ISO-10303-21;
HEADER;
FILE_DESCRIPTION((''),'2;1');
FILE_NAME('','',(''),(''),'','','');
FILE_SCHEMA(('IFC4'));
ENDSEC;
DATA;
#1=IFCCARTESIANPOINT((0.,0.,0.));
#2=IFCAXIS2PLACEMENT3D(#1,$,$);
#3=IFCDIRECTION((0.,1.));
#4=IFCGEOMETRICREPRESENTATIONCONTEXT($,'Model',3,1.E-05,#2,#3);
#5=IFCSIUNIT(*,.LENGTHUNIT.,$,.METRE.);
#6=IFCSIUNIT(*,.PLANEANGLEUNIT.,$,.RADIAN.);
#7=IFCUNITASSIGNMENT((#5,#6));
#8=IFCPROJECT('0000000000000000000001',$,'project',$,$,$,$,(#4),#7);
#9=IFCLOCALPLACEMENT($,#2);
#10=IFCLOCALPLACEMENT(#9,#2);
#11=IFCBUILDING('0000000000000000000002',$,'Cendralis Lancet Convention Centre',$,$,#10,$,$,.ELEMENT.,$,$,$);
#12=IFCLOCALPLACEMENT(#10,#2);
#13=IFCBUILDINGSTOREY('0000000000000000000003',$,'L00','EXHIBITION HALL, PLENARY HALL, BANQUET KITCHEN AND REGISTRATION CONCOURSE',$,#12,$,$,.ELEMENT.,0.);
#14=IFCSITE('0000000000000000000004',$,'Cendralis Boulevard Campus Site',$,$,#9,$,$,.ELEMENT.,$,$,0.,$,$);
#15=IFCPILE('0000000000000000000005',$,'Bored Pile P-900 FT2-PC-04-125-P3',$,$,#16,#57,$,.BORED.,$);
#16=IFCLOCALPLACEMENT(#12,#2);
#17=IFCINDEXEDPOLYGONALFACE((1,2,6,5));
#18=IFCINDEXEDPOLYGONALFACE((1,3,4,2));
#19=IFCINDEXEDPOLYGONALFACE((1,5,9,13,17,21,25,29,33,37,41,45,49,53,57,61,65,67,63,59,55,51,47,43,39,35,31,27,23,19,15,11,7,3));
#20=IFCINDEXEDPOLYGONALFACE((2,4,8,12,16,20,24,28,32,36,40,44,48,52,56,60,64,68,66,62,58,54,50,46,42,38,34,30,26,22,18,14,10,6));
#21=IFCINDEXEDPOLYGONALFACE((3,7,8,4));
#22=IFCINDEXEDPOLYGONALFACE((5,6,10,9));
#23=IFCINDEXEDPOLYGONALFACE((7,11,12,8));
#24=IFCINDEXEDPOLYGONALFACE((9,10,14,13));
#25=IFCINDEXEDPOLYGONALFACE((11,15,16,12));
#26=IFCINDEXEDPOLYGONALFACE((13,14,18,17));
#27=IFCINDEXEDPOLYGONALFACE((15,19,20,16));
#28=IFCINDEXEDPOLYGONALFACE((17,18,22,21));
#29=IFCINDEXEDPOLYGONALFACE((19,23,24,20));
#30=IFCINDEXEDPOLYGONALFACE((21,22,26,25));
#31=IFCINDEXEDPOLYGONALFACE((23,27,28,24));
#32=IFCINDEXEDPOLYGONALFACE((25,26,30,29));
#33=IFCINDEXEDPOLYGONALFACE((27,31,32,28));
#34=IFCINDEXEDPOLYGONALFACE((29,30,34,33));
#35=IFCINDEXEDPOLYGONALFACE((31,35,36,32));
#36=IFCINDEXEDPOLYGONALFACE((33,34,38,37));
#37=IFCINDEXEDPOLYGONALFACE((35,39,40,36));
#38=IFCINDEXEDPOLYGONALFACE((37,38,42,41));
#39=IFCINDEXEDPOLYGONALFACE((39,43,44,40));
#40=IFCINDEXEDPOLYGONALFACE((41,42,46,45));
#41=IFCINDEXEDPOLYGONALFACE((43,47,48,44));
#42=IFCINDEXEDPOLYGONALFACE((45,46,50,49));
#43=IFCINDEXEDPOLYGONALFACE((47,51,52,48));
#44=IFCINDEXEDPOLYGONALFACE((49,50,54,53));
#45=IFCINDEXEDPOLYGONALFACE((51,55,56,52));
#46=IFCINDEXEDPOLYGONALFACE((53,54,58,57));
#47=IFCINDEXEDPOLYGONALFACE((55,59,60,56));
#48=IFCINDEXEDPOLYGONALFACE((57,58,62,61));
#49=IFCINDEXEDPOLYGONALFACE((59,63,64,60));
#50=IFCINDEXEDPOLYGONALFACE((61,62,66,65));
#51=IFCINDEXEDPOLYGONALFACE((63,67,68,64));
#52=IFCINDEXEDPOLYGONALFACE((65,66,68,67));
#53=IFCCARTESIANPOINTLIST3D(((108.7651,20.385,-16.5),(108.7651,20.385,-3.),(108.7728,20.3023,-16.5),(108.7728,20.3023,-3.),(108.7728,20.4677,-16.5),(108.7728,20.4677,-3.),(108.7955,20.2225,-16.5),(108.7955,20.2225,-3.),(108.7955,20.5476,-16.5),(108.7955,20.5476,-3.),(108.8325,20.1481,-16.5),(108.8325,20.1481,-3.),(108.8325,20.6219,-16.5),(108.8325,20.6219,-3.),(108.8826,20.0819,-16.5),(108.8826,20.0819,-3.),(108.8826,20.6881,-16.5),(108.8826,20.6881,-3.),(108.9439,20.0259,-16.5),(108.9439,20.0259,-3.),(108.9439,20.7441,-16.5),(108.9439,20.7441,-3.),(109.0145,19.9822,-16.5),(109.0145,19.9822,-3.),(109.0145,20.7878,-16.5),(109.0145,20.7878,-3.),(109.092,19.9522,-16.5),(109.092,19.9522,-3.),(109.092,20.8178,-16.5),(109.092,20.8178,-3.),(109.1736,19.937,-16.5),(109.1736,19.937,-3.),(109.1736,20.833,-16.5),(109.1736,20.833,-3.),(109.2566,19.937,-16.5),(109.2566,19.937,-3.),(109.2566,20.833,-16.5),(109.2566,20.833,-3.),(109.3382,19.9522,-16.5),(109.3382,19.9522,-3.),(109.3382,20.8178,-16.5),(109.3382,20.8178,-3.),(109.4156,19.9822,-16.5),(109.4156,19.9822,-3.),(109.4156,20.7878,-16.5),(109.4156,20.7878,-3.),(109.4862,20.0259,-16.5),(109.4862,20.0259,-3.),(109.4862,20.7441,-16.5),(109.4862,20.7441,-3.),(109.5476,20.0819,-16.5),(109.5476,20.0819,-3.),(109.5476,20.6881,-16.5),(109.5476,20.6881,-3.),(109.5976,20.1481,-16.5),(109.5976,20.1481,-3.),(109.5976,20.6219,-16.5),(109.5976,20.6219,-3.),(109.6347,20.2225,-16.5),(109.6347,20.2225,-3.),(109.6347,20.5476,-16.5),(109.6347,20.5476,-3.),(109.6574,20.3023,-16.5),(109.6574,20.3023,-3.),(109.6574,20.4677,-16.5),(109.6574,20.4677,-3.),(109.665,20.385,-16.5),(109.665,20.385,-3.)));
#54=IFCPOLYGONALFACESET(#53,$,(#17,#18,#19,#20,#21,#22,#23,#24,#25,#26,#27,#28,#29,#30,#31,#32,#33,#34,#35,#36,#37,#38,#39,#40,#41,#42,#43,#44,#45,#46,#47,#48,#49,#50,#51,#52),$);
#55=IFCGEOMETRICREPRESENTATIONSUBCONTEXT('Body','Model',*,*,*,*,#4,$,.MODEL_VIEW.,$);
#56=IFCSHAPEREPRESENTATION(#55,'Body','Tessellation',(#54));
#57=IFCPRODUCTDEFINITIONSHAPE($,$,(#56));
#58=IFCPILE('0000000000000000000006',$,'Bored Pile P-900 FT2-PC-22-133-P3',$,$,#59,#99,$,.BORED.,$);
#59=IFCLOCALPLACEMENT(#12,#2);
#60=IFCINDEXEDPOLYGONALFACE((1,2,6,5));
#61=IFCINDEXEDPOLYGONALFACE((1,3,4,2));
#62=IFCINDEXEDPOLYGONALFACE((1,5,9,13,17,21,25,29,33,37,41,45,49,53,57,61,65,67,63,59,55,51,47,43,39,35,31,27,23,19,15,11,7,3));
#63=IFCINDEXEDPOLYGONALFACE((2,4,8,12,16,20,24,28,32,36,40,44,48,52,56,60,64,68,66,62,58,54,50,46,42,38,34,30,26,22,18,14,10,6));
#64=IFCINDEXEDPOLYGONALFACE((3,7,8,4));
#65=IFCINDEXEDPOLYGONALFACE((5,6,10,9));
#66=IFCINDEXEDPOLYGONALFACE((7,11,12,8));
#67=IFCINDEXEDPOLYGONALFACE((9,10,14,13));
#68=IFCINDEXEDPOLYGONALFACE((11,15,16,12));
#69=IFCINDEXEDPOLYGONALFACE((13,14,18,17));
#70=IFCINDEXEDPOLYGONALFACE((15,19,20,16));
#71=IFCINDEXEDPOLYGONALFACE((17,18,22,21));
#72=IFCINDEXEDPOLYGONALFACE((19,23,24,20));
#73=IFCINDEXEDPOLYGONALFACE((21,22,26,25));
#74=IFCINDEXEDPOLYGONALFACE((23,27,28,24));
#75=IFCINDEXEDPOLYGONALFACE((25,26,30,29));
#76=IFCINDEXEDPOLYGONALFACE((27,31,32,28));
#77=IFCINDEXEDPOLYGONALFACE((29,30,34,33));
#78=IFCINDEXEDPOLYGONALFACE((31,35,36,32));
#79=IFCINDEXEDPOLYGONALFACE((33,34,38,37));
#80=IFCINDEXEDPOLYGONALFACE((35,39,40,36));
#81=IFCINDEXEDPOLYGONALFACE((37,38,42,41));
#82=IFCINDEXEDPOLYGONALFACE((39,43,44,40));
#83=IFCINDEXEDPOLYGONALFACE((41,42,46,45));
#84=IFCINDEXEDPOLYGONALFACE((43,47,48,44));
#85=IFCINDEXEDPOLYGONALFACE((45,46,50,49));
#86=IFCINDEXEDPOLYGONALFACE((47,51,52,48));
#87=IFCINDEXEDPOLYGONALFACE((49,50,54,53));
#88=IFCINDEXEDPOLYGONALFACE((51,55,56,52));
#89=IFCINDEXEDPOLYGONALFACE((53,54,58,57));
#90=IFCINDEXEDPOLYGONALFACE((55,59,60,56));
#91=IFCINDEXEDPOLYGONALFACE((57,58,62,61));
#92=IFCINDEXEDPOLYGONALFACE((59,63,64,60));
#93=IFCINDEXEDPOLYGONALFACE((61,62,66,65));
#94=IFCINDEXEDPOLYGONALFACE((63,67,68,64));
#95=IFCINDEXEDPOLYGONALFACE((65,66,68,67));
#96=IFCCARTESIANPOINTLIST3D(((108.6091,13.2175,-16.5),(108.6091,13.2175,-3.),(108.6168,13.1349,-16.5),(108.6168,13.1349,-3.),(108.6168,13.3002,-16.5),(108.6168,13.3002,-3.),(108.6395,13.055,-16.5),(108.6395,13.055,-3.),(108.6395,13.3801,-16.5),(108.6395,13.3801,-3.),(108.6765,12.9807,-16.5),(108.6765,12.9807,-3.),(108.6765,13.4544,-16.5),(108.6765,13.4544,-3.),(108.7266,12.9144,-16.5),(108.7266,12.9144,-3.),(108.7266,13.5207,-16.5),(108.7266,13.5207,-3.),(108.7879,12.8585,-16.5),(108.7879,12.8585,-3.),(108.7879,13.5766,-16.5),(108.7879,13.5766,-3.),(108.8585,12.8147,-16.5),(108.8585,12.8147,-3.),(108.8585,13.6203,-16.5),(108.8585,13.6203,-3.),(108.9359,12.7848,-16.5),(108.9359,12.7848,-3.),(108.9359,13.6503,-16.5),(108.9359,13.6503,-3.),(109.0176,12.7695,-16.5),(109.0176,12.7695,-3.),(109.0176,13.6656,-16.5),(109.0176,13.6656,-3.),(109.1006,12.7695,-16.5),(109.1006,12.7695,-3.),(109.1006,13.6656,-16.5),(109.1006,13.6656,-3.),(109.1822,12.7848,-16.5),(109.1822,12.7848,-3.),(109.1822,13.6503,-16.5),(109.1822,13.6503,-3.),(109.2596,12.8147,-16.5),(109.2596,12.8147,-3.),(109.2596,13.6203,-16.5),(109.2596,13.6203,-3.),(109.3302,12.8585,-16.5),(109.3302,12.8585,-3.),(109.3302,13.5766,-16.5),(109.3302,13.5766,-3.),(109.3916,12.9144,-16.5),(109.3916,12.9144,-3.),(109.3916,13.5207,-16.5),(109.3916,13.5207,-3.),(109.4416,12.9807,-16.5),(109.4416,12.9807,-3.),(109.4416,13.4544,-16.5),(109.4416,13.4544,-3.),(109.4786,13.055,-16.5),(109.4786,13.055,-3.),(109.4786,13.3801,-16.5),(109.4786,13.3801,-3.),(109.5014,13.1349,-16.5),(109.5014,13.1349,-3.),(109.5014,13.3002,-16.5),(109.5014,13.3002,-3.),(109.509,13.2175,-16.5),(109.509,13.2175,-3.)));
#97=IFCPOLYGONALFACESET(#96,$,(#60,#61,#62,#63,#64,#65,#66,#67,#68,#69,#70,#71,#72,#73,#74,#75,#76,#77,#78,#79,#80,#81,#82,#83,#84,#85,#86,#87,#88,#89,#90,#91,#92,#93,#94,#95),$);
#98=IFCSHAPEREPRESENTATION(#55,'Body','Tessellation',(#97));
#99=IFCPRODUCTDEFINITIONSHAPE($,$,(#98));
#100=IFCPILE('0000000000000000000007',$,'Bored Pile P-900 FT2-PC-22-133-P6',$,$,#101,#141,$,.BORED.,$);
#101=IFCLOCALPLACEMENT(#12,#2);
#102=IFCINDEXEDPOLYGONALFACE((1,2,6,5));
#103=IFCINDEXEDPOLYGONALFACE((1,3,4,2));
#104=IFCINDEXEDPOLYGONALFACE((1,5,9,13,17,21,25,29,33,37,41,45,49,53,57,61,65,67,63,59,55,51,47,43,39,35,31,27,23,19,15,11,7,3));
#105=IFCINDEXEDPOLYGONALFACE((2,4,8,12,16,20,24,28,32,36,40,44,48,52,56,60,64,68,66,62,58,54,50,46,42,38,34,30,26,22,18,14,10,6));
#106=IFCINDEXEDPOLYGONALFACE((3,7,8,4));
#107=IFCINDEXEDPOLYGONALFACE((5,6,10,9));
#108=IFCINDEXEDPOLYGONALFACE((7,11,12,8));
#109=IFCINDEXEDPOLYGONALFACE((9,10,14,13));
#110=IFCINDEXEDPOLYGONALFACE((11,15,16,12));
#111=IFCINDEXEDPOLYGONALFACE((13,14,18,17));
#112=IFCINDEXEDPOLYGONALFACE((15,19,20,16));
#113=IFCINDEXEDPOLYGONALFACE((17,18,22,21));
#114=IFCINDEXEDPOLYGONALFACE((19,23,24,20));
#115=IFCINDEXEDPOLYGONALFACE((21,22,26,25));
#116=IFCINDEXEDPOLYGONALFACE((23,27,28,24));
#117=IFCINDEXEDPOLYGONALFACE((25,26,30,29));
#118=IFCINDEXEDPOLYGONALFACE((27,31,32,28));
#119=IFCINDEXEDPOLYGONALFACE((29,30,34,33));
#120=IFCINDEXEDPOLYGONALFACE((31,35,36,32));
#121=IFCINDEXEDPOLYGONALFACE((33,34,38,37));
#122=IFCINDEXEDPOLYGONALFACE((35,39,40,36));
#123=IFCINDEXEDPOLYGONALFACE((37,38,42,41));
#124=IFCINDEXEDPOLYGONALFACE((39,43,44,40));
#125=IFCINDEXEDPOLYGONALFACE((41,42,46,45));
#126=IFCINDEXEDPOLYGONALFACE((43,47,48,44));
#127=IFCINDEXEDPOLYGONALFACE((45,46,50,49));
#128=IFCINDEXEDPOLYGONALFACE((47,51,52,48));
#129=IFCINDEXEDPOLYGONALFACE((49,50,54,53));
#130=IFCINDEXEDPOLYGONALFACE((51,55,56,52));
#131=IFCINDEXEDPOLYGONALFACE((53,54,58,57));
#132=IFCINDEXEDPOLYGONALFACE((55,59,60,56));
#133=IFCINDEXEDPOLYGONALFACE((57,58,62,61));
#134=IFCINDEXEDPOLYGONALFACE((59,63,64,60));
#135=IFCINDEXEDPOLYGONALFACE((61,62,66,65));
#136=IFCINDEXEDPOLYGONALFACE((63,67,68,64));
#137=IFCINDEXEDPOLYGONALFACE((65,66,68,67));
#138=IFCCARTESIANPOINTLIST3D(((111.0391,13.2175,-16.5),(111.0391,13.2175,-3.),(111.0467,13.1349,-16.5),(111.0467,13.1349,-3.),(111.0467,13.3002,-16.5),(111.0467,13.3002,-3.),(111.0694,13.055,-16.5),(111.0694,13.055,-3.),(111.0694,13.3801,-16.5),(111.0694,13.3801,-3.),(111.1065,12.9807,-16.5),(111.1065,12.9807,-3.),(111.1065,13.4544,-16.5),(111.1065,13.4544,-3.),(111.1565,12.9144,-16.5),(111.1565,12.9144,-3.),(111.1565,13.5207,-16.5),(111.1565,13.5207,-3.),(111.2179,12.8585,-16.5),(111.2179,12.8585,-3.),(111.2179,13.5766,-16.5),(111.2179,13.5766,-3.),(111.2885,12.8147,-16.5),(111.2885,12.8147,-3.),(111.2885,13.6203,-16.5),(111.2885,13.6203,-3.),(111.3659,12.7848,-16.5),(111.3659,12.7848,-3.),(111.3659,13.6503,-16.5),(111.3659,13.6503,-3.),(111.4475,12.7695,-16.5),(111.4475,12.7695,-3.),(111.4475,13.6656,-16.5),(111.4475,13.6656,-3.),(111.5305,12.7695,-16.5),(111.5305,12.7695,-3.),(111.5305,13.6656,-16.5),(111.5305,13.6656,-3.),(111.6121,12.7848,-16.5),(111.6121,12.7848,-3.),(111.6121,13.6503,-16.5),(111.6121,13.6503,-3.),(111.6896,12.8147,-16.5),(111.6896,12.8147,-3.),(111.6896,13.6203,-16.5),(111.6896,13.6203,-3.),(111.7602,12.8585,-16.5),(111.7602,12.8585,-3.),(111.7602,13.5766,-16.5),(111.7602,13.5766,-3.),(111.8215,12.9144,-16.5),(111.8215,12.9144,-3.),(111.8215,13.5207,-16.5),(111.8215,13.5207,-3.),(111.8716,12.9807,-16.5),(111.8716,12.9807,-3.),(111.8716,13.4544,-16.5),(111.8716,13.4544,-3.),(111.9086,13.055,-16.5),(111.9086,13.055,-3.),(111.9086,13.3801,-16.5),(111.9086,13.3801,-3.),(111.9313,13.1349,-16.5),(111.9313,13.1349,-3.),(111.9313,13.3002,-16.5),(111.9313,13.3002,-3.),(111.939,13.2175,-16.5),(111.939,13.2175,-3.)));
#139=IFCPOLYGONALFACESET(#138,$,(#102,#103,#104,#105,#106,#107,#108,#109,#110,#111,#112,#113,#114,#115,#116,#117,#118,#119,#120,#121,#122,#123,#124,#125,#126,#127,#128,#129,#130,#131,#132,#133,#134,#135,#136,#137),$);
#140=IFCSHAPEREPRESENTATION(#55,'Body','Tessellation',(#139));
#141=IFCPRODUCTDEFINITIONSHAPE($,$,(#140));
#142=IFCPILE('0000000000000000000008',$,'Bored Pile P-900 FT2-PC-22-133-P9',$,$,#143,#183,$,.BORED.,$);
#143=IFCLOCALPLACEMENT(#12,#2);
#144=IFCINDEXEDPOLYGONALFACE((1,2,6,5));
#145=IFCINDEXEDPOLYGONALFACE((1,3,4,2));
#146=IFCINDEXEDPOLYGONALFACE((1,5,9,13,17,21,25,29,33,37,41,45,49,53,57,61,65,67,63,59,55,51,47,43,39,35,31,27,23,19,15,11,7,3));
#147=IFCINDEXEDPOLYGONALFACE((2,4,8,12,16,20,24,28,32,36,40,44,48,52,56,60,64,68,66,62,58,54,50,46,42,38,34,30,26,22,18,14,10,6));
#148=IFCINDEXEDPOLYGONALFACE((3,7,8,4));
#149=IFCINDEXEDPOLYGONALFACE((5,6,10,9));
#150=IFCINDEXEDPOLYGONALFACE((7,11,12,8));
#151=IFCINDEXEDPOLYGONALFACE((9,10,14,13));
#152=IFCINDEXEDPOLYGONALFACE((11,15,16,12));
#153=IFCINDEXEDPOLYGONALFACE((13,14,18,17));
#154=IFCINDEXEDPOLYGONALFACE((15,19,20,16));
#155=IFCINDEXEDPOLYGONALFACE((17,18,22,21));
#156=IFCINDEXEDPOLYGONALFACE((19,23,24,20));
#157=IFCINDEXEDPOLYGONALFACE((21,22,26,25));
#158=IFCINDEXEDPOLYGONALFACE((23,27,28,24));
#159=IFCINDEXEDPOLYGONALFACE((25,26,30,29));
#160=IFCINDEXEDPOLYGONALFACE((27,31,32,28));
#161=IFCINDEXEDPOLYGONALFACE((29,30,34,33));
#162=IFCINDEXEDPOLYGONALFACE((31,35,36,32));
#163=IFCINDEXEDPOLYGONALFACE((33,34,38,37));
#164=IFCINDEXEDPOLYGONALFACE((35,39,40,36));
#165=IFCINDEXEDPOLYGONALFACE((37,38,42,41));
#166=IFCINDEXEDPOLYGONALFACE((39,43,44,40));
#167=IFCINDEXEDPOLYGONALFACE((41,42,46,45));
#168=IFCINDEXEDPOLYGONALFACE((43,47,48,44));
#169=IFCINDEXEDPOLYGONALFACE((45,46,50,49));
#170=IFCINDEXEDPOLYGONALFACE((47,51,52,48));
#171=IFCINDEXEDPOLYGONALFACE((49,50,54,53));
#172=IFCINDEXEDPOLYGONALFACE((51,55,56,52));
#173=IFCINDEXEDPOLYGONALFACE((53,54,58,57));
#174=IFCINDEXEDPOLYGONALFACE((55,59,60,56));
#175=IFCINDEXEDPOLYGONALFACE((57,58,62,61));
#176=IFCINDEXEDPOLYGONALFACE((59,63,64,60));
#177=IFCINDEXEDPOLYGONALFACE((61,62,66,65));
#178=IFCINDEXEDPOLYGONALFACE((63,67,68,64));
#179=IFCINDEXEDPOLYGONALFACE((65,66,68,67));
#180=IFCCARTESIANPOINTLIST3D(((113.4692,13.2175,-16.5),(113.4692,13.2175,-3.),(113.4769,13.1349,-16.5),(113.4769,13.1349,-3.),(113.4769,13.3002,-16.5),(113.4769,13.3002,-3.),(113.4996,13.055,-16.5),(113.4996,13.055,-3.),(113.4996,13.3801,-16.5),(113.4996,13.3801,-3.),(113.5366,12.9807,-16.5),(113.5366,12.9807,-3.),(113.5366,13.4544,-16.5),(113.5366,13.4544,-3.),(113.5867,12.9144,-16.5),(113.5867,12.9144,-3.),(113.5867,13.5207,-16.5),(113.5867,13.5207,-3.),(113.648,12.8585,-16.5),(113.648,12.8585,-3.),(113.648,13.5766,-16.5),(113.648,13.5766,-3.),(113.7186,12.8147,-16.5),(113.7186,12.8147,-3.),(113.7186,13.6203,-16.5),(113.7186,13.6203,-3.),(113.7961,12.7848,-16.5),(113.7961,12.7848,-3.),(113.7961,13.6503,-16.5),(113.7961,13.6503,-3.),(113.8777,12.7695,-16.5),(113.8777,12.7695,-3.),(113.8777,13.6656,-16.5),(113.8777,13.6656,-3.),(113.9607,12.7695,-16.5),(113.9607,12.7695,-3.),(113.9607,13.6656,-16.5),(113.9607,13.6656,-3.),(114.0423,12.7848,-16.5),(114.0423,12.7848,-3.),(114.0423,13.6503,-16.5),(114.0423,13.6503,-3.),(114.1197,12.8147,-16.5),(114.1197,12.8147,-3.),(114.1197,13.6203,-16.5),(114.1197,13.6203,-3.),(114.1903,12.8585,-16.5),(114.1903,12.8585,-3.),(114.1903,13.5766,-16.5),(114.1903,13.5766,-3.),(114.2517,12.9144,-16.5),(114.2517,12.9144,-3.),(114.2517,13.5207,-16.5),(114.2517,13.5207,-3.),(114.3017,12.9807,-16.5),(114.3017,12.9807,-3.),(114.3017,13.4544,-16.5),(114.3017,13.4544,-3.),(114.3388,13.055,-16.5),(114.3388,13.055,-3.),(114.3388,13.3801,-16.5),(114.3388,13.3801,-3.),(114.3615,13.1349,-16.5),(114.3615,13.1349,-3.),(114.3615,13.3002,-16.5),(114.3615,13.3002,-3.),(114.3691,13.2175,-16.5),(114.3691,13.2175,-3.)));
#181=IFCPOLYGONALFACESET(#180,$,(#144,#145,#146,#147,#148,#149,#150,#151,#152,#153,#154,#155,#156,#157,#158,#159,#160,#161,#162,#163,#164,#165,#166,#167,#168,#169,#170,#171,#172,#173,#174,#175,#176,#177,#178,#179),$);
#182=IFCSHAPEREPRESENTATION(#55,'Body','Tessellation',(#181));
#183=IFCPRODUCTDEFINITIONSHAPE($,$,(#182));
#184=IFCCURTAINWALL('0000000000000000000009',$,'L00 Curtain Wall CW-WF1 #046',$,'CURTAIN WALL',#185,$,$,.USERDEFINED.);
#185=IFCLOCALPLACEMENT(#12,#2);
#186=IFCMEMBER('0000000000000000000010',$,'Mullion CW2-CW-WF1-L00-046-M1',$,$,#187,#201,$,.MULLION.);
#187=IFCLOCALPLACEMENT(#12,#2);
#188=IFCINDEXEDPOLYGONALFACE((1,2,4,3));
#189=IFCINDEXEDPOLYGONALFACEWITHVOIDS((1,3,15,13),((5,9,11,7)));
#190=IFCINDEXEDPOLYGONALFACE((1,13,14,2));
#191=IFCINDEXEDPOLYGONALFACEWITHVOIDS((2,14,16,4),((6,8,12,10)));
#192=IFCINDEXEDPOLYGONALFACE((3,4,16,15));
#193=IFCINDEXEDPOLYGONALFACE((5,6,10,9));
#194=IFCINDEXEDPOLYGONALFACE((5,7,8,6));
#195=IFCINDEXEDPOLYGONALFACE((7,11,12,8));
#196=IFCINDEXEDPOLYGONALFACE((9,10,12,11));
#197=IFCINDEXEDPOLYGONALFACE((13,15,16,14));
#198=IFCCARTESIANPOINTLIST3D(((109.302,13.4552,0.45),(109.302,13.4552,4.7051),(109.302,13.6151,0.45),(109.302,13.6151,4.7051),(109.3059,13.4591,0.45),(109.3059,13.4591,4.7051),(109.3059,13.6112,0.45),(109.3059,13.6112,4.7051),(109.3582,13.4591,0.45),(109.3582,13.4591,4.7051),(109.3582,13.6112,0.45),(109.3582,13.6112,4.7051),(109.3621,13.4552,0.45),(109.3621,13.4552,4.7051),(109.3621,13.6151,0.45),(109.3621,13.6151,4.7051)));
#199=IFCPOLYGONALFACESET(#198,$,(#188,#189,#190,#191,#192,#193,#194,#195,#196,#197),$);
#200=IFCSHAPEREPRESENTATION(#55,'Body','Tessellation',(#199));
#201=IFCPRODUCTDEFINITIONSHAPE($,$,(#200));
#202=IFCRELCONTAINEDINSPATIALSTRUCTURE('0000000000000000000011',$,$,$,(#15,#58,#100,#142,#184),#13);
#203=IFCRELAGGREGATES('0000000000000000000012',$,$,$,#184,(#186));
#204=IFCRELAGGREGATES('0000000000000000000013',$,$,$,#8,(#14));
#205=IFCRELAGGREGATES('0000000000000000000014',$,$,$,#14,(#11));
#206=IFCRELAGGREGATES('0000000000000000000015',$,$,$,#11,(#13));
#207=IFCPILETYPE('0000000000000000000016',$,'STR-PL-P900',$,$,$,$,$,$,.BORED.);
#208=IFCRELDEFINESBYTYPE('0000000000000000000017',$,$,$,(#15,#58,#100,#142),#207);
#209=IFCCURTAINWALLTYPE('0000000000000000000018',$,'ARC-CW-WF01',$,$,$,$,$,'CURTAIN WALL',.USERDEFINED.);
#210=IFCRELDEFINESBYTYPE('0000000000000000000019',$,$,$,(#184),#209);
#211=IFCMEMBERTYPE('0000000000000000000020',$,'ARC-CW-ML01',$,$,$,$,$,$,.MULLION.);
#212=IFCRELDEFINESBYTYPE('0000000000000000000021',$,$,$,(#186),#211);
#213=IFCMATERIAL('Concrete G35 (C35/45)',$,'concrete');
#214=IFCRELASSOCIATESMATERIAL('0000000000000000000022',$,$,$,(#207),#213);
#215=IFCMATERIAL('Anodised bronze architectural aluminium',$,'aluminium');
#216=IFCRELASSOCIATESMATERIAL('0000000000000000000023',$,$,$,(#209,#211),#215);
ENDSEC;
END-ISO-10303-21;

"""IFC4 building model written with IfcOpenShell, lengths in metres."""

from ifc_helpers import new_model, si_unit, direction, frame, origin, origin_2d, place, context, subcontext, project, spatial, hollow_rectangle, circle, extrude, material, material_profile, profile_set, type_object, element, aggregate, save


model = new_model("IFC4")

# Units and contexts
model_context = context("Model", 3, precision=1e-05, world=origin(), true_north=direction((0.0, 1.0)))
body_context = subcontext(model_context, "Body", "Model", "MODEL_VIEW")
ifc_project = project(units=[si_unit("LENGTHUNIT", "METRE"), si_unit("PLANEANGLEUNIT", "RADIAN")], contexts=[model_context])

# Site, building, storey
site_placement = place(None, origin())
site = spatial("IfcSite", under=ifc_project, at=site_placement, Name="Cendralis Boulevard Campus Site", CompositionType="ELEMENT", RefElevation=0.0)
building_placement = place(site_placement, origin())
building = spatial("IfcBuilding", under=site, at=building_placement, Name="Cendralis Lancet Convention Centre", CompositionType="ELEMENT")
storey_placement = place(building_placement, origin())
storey = spatial("IfcBuildingStorey", under=building, at=storey_placement, Name="L00", Description="EXHIBITION HALL, PLENARY HALL, BANQUET KITCHEN AND REGISTRATION CONCOURSE", CompositionType="ELEMENT", Elevation=0.0)

# Piles
ifc_material_1 = material(Name="Concrete G35 (C35/45)", Category="concrete")
ifc_material_profile_1 = material_profile(ifc_material_1, circle(Radius=0.45, at=origin_2d()), Name="BORED PILE D900")
ifc_profile_set_1 = profile_set([ifc_material_profile_1], Name="Concrete G35 (C35/45)")
pile_type = type_object("IfcPileType", Name="STR-PL-P900", PredefinedType="BORED", material=ifc_profile_set_1)
for number, where, z_axis, x_axis, name in (
    (1, (109.2151, 20.385, -3.0), (0.0, 0.0, -1.0), (1.0, 0.0, 0.0), "Bored Pile P-900 FT2-PC-04-125-P3"),
    (2, (109.0591, 13.2175, -3.0), (0.0, 0.0, -1.0), (1.0, 0.0, 0.0), "Bored Pile P-900 FT2-PC-22-133-P3"),
    (3, (111.489, 13.2175, -3.0), (0.0, 0.0, -1.0), (1.0, 0.0, 0.0), "Bored Pile P-900 FT2-PC-22-133-P6"),
    (4, (113.9192, 13.2175, -3.0), (0.0, 0.0, -1.0), (1.0, 0.0, 0.0), "Bored Pile P-900 FT2-PC-22-133-P9"),
):
    element("IfcPile", number, at=place(storey_placement, frame(where, z_axis=z_axis, x_axis=x_axis)), inside=storey, type_object=pile_type, Name=name, PredefinedType="BORED", context=body_context, shape_type="SweptSolid", body=[
        extrude(circle(Radius=0.45, at=origin_2d()), origin(), (0.0, 0.0, 1.0), 13.5),
    ])

# Curtain wall, member
ifc_material_2 = material(Name="Anodised bronze architectural aluminium", Category="aluminium")
curtain_wall_type = type_object("IfcCurtainWallType", Name="ARC-CW-WF01", ElementType="CURTAIN WALL", PredefinedType="USERDEFINED", material=ifc_material_2)
curtain_wall_1_placement = place(storey_placement, origin())
curtain_wall_1 = element("IfcCurtainWall", 5, at=curtain_wall_1_placement, inside=storey, type_object=curtain_wall_type, Name="L00 Curtain Wall CW-WF1 #046", ObjectType="CURTAIN WALL", PredefinedType="USERDEFINED")
ifc_material_profile_2 = material_profile(ifc_material_2, hollow_rectangle(XDim=0.0601, YDim=0.1599, WallThickness=0.0039, at=origin_2d()), Name="AL-MULL 60x160x4.0")
ifc_profile_set_2 = profile_set([ifc_material_profile_2], Name="Anodised bronze architectural aluminium")
member_type_1 = type_object("IfcMemberType", Name="ARC-CW-ML01", PredefinedType="MULLION", material=ifc_profile_set_2)
member_1_placement = place(storey_placement, frame((109.332, 13.5352, 0.45), z_axis=(0.0, 0.0, 1.0), x_axis=(1.0, 0.0, 0.0)))
member_1 = element("IfcMember", 6, at=member_1_placement, type_object=member_type_1, Name="Mullion CW2-CW-WF1-L00-046-M1", PredefinedType="MULLION", context=body_context, shape_type="SweptSolid", body=[
    extrude(hollow_rectangle(XDim=0.0601, YDim=0.1599, WallThickness=0.0039, at=origin_2d()), origin(), (0.0, 0.0, 1.0), 4.2551),
])
aggregate(curtain_wall_1, [member_1])

save(model, "model.ifc")
